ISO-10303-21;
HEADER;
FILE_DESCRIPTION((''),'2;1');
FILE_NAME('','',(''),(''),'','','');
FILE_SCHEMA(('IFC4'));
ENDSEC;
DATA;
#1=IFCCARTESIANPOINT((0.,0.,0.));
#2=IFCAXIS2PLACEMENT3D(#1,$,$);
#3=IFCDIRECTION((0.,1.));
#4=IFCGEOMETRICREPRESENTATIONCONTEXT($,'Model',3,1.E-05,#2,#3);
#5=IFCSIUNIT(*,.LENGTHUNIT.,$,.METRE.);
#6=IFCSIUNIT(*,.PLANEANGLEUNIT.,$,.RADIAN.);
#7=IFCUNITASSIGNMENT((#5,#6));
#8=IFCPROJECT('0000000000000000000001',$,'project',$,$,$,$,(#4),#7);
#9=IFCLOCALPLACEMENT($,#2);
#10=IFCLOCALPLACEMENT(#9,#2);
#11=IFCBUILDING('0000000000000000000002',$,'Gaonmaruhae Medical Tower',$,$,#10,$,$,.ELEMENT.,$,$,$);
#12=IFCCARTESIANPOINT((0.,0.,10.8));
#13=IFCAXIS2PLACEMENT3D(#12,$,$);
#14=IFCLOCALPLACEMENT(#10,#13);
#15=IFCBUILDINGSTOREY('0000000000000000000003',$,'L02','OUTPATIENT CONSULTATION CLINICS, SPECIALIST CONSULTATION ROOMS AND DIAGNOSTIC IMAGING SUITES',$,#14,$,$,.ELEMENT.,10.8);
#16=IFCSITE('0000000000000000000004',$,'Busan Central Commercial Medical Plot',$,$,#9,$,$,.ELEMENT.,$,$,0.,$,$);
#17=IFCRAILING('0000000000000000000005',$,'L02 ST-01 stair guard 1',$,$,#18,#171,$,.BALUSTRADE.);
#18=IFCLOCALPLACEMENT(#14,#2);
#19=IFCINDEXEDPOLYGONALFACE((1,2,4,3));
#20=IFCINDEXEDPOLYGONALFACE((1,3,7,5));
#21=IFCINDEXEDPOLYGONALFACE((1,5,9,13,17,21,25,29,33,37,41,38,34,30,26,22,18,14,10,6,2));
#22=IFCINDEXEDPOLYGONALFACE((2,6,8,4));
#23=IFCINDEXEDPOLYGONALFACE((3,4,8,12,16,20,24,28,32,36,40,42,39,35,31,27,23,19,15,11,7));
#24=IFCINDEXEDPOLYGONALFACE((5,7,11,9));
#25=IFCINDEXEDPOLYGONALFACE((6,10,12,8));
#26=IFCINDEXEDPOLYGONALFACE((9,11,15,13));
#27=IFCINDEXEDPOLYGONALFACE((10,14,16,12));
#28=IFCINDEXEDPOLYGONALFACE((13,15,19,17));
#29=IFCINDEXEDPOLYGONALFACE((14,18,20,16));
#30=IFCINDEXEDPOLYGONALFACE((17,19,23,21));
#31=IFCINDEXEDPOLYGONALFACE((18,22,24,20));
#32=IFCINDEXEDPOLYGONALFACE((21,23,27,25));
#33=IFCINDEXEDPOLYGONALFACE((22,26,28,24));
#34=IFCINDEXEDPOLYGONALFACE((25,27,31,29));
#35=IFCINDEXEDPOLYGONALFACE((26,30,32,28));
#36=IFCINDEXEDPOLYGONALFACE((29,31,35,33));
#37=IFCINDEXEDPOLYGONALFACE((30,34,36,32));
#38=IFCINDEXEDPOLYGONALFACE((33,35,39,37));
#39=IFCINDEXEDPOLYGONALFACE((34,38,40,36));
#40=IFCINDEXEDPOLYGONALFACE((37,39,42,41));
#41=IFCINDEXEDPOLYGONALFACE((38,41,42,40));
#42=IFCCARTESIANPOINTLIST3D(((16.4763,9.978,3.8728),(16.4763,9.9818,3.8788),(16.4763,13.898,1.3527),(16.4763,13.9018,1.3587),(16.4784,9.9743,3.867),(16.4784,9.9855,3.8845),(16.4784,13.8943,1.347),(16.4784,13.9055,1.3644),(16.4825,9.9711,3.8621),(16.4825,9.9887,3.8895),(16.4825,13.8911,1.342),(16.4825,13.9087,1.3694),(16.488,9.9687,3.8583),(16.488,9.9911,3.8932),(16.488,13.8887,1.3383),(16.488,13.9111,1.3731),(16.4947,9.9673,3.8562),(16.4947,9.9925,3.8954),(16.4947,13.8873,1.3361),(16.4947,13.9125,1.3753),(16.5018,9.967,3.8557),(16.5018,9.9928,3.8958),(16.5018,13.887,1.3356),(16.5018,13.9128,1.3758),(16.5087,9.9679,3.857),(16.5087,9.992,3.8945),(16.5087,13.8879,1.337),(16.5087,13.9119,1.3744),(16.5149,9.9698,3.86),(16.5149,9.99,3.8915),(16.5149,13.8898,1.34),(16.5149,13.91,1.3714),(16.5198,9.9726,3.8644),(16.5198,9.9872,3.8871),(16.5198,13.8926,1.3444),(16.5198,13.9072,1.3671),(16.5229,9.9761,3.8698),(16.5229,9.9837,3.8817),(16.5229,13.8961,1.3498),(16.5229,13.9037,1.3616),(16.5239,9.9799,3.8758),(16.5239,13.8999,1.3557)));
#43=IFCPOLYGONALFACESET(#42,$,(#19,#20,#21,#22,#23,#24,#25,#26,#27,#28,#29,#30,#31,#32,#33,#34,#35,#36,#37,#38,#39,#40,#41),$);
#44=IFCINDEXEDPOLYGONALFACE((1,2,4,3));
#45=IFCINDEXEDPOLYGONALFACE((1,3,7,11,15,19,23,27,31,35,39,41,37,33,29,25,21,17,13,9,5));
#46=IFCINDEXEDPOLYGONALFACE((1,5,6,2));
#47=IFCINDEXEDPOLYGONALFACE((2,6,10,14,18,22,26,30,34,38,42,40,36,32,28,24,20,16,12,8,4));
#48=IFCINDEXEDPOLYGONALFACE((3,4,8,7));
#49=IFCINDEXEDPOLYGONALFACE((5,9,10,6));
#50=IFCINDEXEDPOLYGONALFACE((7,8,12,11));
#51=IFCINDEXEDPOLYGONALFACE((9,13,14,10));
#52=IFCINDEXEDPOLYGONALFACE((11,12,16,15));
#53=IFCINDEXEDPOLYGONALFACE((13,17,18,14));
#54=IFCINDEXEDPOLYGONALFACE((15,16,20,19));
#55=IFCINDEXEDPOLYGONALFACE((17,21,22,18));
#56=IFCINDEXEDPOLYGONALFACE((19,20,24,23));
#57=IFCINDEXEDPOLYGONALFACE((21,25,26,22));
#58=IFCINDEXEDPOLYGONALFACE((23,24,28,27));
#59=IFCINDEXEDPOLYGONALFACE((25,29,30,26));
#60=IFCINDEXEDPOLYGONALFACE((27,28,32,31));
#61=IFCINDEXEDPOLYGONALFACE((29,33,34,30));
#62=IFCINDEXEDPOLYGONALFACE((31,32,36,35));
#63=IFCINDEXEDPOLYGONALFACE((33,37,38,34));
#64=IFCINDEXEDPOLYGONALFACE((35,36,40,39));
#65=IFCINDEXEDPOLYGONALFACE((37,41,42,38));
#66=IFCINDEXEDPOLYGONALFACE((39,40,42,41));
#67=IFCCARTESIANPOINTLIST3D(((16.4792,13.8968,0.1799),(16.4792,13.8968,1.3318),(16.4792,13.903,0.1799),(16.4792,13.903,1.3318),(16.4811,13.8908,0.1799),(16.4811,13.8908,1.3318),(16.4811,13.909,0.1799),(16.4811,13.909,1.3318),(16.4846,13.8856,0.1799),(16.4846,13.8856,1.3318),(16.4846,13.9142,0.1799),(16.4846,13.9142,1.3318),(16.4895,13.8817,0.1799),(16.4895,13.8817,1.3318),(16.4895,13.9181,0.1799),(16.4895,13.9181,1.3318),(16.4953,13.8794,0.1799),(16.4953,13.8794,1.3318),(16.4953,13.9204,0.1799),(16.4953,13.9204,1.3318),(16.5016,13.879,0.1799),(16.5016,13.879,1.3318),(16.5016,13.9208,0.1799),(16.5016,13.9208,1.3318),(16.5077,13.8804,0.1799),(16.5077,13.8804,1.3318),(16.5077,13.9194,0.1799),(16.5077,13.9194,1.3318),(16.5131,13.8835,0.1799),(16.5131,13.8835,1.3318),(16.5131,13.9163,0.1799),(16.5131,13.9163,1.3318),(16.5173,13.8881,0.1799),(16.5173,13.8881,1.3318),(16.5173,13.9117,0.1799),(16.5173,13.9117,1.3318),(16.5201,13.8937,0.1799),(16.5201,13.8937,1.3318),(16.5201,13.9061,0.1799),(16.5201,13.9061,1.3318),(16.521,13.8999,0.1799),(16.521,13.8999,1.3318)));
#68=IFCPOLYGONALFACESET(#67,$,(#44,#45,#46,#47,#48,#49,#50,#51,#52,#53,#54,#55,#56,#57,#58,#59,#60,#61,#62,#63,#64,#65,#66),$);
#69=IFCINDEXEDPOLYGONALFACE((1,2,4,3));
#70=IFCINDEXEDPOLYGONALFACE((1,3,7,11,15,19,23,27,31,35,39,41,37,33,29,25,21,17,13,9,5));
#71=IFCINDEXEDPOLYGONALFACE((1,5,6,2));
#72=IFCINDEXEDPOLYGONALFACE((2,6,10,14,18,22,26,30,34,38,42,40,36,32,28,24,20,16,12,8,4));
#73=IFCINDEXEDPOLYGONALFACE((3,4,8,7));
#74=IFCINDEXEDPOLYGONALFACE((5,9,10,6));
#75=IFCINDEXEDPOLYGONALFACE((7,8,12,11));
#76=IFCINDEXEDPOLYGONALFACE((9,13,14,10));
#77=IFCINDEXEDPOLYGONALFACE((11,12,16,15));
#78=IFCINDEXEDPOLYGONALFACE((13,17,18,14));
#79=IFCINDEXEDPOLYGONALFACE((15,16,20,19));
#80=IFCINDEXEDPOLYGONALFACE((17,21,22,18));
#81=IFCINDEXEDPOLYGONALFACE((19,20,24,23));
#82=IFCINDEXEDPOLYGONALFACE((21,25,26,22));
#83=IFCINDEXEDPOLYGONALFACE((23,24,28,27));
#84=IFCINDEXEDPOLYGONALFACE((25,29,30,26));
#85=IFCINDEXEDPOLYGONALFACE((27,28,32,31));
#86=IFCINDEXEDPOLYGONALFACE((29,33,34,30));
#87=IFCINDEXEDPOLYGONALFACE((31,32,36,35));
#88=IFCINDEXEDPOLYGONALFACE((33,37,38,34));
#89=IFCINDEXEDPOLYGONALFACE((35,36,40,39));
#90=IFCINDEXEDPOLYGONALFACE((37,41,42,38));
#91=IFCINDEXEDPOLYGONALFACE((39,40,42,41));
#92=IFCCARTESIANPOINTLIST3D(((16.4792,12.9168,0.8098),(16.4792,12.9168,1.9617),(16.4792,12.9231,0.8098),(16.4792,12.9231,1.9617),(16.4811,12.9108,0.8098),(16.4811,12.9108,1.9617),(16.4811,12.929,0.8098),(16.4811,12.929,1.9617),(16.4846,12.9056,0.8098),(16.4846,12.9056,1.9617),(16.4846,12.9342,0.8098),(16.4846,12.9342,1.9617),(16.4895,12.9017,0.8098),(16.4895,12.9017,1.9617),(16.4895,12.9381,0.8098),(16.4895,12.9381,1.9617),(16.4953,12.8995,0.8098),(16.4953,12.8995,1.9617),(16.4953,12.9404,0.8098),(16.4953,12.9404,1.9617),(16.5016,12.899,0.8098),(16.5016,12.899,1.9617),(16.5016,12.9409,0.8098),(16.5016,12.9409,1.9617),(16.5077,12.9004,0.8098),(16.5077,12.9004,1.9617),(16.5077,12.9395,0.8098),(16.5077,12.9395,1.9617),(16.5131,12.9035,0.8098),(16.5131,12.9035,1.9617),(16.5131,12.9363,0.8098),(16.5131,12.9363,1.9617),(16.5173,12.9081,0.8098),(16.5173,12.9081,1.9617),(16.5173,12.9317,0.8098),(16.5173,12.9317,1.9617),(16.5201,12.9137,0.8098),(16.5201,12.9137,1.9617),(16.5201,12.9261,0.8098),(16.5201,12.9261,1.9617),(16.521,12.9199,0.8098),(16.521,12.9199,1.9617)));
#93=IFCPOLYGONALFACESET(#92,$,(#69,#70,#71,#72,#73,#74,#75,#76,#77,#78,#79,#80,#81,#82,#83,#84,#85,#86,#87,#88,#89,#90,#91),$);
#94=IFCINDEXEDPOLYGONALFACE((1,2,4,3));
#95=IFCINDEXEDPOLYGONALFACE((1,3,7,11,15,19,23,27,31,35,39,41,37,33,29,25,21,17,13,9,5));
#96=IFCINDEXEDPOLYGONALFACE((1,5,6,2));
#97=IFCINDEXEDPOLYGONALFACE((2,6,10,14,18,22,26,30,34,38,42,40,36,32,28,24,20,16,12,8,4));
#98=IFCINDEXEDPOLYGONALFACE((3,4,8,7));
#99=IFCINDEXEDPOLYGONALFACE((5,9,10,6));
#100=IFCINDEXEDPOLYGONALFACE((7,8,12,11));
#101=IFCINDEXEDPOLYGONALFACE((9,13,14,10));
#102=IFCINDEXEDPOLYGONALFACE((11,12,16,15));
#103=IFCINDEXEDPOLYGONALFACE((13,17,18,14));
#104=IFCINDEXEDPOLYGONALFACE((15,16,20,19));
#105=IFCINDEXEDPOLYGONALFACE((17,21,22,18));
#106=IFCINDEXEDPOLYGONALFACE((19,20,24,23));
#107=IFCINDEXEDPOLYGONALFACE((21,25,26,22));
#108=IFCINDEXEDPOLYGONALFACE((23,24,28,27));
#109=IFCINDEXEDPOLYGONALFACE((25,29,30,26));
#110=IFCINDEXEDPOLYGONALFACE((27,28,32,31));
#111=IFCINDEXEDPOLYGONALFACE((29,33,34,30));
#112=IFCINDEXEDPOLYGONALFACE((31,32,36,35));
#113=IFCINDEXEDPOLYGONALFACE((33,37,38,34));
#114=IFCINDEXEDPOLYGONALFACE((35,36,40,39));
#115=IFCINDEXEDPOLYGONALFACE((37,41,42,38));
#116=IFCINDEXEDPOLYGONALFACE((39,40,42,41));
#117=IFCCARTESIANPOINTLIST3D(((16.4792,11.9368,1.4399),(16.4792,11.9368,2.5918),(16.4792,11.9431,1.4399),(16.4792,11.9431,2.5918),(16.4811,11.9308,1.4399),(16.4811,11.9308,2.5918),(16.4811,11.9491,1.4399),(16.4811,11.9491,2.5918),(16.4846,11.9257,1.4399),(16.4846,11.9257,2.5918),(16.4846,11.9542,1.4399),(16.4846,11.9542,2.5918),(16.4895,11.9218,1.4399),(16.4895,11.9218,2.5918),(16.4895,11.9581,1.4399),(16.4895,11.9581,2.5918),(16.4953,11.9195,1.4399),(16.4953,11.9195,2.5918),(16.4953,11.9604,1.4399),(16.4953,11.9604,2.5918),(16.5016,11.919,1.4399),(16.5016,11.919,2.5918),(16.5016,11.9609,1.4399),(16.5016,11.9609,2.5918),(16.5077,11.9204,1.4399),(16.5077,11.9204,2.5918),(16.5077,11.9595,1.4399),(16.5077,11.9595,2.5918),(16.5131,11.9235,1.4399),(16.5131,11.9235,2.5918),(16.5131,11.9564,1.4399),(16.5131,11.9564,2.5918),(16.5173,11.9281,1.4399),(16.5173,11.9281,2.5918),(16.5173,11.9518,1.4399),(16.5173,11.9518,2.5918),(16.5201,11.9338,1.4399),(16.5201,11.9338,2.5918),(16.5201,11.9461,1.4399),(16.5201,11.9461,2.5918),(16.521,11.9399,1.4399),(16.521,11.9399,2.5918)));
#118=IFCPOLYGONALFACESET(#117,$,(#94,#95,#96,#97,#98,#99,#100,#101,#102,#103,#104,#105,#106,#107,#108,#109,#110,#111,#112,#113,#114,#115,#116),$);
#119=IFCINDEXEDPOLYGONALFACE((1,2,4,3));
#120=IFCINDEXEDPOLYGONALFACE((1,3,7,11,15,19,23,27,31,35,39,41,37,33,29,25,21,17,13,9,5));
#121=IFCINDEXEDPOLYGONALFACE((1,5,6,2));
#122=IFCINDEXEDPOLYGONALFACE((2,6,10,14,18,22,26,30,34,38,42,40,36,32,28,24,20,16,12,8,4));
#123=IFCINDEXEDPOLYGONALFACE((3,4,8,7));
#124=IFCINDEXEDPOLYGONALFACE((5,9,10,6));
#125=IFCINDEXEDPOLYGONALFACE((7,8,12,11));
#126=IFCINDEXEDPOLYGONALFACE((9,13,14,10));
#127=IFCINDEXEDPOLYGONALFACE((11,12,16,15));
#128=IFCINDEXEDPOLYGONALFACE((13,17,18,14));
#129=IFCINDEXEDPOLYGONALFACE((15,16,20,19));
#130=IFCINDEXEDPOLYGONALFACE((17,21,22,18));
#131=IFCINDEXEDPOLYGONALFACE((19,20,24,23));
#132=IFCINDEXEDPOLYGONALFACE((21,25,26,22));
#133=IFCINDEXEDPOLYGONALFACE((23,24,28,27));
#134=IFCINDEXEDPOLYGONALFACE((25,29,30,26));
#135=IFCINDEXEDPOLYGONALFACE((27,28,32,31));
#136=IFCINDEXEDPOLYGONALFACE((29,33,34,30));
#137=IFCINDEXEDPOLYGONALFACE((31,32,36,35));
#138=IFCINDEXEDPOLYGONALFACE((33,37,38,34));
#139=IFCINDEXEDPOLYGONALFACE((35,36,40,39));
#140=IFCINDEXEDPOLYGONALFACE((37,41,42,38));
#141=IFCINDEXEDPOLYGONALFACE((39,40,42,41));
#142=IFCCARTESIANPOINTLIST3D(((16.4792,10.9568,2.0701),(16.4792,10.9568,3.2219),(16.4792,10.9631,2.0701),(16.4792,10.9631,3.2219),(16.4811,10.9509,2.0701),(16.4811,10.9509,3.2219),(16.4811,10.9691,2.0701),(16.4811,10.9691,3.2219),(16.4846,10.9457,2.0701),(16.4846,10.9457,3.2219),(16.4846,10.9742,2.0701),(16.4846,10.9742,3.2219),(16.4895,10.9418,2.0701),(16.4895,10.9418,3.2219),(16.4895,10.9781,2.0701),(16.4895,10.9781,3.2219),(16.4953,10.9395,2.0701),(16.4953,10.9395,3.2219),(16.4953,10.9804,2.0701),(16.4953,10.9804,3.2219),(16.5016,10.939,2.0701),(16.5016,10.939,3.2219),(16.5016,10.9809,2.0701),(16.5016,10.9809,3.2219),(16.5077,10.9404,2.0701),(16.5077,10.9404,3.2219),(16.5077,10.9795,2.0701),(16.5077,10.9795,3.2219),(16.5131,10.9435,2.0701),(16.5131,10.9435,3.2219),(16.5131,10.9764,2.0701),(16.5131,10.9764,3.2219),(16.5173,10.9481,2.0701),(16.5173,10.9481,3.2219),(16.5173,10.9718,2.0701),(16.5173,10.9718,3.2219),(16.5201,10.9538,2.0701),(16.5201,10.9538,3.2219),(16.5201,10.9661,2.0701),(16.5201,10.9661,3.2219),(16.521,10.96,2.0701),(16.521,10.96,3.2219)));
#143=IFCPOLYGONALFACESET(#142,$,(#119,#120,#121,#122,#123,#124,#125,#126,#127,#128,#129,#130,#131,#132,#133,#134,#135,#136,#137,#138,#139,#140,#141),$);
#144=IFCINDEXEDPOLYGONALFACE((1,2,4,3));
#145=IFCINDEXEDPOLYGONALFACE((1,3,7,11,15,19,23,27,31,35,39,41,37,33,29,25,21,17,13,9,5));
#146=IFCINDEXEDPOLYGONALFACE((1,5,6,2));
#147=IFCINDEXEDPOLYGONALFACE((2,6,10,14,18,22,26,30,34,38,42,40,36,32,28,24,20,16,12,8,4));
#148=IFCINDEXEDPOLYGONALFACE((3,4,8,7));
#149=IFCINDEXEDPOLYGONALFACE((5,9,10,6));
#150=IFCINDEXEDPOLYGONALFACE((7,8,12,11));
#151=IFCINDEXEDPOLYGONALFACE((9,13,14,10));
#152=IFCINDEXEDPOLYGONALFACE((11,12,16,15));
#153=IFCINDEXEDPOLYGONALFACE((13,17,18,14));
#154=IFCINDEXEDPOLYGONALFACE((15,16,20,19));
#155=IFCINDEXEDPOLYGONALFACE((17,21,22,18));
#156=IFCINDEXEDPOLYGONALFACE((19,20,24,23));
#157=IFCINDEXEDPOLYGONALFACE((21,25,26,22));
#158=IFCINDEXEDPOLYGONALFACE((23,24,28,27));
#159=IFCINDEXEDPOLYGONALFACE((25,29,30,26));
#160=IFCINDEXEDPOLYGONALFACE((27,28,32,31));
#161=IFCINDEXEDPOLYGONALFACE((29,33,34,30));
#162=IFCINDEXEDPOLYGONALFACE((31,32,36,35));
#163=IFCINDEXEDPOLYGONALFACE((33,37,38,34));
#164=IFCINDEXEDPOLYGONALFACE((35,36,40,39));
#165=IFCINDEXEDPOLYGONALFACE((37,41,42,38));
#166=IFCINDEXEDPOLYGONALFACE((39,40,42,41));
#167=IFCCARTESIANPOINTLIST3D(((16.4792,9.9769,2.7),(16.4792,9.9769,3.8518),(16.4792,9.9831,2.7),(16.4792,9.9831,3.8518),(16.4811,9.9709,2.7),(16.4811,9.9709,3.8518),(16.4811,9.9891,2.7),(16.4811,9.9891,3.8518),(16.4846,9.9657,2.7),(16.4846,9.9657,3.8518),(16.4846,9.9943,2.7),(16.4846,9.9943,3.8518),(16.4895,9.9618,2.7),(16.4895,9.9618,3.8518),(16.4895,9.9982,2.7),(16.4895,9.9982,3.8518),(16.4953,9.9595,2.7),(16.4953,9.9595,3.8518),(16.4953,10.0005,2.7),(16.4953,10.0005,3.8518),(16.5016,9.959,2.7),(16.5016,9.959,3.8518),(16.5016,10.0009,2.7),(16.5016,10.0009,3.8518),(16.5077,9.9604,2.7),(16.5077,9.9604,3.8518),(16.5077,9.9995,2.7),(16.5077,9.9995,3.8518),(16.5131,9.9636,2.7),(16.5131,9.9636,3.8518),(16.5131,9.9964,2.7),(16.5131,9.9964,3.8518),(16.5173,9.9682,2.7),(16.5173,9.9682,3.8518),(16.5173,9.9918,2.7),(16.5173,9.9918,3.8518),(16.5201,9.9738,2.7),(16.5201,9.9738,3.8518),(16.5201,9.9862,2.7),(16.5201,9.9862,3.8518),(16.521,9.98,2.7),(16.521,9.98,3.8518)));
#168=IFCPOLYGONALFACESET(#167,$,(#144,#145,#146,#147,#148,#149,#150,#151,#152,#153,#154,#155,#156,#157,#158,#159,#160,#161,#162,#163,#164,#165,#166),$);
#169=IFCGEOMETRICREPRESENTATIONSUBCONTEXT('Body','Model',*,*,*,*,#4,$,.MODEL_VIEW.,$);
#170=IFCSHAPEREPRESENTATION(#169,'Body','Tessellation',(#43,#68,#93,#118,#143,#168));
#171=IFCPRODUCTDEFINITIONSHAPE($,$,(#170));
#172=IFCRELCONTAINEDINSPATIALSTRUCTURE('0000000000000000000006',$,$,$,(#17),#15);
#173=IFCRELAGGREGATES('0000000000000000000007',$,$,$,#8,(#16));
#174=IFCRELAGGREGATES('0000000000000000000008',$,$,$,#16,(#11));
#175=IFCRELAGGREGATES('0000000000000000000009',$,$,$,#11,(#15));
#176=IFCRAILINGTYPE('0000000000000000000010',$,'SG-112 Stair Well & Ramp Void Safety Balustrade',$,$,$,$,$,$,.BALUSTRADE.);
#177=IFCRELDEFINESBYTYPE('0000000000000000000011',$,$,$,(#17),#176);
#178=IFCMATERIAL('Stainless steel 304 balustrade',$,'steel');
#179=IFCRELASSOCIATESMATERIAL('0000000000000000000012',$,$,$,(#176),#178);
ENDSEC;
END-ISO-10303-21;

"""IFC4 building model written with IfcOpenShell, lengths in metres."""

from ifc_helpers import new_model, si_unit, direction, frame, origin, origin_2d, place, context, subcontext, project, spatial, circle, extrude, material, type_object, element, save


model = new_model("IFC4")

# Units and contexts
model_context = context("Model", 3, precision=1e-05, world=origin(), true_north=direction((0.0, 1.0)))
body_context = subcontext(model_context, "Body", "Model", "MODEL_VIEW")
ifc_project = project(units=[si_unit("LENGTHUNIT", "METRE"), si_unit("PLANEANGLEUNIT", "RADIAN")], contexts=[model_context])

# Site, building, storey
site_placement = place(None, origin())
site = spatial("IfcSite", under=ifc_project, at=site_placement, Name="Busan Central Commercial Medical Plot", CompositionType="ELEMENT", RefElevation=0.0)
building_placement = place(site_placement, origin())
building = spatial("IfcBuilding", under=site, at=building_placement, Name="Gaonmaruhae Medical Tower", CompositionType="ELEMENT")
storey_placement = place(building_placement, frame((0.0, 0.0, 10.8)))
storey = spatial("IfcBuildingStorey", under=building, at=storey_placement, Name="L02", Description="OUTPATIENT CONSULTATION CLINICS, SPECIALIST CONSULTATION ROOMS AND DIAGNOSTIC IMAGING SUITES", CompositionType="ELEMENT", Elevation=10.8)

# Railing
ifc_material_1 = material(Name="Stainless steel 304 balustrade", Category="steel")
railing_type_1 = type_object("IfcRailingType", Name="SG-112 Stair Well & Ramp Void Safety Balustrade", PredefinedType="BALUSTRADE", material=ifc_material_1)
railing_1_placement = place(storey_placement, frame((16.5, 13.8999, 0.1799)))
element("IfcRailing", 1, at=railing_1_placement, inside=storey, type_object=railing_type_1, Name="L02 ST-01 stair guard 1", PredefinedType="BALUSTRADE", context=body_context, shape_type="SweptSolid", body=[
    extrude(circle(Radius=0.0239, at=origin_2d()), frame((0.0, 0.0, 1.1758), z_axis=(0.0, -0.841172, 0.540768), x_axis=(1.0, 0.0, 0.0)), (0.0, 0.0, 1.0), 4.6602),
    extrude(circle(Radius=0.021, at=origin_2d()), origin(), (0.0, 0.0, 1.0), 1.1519),
    extrude(circle(Radius=0.021, at=origin_2d()), frame((0.0, -0.98, 0.6299)), (0.0, 0.0, 1.0), 1.1519),
    extrude(circle(Radius=0.021, at=origin_2d()), frame((0.0, -1.96, 1.26)), (0.0, 0.0, 1.0), 1.1519),
    extrude(circle(Radius=0.021, at=origin_2d()), frame((0.0, -2.9399, 1.8901)), (0.0, 0.0, 1.0), 1.1519),
    extrude(circle(Radius=0.021, at=origin_2d()), frame((0.0, -3.9199, 2.52)), (0.0, 0.0, 1.0), 1.1519),
])

save(model, "model.ifc")
